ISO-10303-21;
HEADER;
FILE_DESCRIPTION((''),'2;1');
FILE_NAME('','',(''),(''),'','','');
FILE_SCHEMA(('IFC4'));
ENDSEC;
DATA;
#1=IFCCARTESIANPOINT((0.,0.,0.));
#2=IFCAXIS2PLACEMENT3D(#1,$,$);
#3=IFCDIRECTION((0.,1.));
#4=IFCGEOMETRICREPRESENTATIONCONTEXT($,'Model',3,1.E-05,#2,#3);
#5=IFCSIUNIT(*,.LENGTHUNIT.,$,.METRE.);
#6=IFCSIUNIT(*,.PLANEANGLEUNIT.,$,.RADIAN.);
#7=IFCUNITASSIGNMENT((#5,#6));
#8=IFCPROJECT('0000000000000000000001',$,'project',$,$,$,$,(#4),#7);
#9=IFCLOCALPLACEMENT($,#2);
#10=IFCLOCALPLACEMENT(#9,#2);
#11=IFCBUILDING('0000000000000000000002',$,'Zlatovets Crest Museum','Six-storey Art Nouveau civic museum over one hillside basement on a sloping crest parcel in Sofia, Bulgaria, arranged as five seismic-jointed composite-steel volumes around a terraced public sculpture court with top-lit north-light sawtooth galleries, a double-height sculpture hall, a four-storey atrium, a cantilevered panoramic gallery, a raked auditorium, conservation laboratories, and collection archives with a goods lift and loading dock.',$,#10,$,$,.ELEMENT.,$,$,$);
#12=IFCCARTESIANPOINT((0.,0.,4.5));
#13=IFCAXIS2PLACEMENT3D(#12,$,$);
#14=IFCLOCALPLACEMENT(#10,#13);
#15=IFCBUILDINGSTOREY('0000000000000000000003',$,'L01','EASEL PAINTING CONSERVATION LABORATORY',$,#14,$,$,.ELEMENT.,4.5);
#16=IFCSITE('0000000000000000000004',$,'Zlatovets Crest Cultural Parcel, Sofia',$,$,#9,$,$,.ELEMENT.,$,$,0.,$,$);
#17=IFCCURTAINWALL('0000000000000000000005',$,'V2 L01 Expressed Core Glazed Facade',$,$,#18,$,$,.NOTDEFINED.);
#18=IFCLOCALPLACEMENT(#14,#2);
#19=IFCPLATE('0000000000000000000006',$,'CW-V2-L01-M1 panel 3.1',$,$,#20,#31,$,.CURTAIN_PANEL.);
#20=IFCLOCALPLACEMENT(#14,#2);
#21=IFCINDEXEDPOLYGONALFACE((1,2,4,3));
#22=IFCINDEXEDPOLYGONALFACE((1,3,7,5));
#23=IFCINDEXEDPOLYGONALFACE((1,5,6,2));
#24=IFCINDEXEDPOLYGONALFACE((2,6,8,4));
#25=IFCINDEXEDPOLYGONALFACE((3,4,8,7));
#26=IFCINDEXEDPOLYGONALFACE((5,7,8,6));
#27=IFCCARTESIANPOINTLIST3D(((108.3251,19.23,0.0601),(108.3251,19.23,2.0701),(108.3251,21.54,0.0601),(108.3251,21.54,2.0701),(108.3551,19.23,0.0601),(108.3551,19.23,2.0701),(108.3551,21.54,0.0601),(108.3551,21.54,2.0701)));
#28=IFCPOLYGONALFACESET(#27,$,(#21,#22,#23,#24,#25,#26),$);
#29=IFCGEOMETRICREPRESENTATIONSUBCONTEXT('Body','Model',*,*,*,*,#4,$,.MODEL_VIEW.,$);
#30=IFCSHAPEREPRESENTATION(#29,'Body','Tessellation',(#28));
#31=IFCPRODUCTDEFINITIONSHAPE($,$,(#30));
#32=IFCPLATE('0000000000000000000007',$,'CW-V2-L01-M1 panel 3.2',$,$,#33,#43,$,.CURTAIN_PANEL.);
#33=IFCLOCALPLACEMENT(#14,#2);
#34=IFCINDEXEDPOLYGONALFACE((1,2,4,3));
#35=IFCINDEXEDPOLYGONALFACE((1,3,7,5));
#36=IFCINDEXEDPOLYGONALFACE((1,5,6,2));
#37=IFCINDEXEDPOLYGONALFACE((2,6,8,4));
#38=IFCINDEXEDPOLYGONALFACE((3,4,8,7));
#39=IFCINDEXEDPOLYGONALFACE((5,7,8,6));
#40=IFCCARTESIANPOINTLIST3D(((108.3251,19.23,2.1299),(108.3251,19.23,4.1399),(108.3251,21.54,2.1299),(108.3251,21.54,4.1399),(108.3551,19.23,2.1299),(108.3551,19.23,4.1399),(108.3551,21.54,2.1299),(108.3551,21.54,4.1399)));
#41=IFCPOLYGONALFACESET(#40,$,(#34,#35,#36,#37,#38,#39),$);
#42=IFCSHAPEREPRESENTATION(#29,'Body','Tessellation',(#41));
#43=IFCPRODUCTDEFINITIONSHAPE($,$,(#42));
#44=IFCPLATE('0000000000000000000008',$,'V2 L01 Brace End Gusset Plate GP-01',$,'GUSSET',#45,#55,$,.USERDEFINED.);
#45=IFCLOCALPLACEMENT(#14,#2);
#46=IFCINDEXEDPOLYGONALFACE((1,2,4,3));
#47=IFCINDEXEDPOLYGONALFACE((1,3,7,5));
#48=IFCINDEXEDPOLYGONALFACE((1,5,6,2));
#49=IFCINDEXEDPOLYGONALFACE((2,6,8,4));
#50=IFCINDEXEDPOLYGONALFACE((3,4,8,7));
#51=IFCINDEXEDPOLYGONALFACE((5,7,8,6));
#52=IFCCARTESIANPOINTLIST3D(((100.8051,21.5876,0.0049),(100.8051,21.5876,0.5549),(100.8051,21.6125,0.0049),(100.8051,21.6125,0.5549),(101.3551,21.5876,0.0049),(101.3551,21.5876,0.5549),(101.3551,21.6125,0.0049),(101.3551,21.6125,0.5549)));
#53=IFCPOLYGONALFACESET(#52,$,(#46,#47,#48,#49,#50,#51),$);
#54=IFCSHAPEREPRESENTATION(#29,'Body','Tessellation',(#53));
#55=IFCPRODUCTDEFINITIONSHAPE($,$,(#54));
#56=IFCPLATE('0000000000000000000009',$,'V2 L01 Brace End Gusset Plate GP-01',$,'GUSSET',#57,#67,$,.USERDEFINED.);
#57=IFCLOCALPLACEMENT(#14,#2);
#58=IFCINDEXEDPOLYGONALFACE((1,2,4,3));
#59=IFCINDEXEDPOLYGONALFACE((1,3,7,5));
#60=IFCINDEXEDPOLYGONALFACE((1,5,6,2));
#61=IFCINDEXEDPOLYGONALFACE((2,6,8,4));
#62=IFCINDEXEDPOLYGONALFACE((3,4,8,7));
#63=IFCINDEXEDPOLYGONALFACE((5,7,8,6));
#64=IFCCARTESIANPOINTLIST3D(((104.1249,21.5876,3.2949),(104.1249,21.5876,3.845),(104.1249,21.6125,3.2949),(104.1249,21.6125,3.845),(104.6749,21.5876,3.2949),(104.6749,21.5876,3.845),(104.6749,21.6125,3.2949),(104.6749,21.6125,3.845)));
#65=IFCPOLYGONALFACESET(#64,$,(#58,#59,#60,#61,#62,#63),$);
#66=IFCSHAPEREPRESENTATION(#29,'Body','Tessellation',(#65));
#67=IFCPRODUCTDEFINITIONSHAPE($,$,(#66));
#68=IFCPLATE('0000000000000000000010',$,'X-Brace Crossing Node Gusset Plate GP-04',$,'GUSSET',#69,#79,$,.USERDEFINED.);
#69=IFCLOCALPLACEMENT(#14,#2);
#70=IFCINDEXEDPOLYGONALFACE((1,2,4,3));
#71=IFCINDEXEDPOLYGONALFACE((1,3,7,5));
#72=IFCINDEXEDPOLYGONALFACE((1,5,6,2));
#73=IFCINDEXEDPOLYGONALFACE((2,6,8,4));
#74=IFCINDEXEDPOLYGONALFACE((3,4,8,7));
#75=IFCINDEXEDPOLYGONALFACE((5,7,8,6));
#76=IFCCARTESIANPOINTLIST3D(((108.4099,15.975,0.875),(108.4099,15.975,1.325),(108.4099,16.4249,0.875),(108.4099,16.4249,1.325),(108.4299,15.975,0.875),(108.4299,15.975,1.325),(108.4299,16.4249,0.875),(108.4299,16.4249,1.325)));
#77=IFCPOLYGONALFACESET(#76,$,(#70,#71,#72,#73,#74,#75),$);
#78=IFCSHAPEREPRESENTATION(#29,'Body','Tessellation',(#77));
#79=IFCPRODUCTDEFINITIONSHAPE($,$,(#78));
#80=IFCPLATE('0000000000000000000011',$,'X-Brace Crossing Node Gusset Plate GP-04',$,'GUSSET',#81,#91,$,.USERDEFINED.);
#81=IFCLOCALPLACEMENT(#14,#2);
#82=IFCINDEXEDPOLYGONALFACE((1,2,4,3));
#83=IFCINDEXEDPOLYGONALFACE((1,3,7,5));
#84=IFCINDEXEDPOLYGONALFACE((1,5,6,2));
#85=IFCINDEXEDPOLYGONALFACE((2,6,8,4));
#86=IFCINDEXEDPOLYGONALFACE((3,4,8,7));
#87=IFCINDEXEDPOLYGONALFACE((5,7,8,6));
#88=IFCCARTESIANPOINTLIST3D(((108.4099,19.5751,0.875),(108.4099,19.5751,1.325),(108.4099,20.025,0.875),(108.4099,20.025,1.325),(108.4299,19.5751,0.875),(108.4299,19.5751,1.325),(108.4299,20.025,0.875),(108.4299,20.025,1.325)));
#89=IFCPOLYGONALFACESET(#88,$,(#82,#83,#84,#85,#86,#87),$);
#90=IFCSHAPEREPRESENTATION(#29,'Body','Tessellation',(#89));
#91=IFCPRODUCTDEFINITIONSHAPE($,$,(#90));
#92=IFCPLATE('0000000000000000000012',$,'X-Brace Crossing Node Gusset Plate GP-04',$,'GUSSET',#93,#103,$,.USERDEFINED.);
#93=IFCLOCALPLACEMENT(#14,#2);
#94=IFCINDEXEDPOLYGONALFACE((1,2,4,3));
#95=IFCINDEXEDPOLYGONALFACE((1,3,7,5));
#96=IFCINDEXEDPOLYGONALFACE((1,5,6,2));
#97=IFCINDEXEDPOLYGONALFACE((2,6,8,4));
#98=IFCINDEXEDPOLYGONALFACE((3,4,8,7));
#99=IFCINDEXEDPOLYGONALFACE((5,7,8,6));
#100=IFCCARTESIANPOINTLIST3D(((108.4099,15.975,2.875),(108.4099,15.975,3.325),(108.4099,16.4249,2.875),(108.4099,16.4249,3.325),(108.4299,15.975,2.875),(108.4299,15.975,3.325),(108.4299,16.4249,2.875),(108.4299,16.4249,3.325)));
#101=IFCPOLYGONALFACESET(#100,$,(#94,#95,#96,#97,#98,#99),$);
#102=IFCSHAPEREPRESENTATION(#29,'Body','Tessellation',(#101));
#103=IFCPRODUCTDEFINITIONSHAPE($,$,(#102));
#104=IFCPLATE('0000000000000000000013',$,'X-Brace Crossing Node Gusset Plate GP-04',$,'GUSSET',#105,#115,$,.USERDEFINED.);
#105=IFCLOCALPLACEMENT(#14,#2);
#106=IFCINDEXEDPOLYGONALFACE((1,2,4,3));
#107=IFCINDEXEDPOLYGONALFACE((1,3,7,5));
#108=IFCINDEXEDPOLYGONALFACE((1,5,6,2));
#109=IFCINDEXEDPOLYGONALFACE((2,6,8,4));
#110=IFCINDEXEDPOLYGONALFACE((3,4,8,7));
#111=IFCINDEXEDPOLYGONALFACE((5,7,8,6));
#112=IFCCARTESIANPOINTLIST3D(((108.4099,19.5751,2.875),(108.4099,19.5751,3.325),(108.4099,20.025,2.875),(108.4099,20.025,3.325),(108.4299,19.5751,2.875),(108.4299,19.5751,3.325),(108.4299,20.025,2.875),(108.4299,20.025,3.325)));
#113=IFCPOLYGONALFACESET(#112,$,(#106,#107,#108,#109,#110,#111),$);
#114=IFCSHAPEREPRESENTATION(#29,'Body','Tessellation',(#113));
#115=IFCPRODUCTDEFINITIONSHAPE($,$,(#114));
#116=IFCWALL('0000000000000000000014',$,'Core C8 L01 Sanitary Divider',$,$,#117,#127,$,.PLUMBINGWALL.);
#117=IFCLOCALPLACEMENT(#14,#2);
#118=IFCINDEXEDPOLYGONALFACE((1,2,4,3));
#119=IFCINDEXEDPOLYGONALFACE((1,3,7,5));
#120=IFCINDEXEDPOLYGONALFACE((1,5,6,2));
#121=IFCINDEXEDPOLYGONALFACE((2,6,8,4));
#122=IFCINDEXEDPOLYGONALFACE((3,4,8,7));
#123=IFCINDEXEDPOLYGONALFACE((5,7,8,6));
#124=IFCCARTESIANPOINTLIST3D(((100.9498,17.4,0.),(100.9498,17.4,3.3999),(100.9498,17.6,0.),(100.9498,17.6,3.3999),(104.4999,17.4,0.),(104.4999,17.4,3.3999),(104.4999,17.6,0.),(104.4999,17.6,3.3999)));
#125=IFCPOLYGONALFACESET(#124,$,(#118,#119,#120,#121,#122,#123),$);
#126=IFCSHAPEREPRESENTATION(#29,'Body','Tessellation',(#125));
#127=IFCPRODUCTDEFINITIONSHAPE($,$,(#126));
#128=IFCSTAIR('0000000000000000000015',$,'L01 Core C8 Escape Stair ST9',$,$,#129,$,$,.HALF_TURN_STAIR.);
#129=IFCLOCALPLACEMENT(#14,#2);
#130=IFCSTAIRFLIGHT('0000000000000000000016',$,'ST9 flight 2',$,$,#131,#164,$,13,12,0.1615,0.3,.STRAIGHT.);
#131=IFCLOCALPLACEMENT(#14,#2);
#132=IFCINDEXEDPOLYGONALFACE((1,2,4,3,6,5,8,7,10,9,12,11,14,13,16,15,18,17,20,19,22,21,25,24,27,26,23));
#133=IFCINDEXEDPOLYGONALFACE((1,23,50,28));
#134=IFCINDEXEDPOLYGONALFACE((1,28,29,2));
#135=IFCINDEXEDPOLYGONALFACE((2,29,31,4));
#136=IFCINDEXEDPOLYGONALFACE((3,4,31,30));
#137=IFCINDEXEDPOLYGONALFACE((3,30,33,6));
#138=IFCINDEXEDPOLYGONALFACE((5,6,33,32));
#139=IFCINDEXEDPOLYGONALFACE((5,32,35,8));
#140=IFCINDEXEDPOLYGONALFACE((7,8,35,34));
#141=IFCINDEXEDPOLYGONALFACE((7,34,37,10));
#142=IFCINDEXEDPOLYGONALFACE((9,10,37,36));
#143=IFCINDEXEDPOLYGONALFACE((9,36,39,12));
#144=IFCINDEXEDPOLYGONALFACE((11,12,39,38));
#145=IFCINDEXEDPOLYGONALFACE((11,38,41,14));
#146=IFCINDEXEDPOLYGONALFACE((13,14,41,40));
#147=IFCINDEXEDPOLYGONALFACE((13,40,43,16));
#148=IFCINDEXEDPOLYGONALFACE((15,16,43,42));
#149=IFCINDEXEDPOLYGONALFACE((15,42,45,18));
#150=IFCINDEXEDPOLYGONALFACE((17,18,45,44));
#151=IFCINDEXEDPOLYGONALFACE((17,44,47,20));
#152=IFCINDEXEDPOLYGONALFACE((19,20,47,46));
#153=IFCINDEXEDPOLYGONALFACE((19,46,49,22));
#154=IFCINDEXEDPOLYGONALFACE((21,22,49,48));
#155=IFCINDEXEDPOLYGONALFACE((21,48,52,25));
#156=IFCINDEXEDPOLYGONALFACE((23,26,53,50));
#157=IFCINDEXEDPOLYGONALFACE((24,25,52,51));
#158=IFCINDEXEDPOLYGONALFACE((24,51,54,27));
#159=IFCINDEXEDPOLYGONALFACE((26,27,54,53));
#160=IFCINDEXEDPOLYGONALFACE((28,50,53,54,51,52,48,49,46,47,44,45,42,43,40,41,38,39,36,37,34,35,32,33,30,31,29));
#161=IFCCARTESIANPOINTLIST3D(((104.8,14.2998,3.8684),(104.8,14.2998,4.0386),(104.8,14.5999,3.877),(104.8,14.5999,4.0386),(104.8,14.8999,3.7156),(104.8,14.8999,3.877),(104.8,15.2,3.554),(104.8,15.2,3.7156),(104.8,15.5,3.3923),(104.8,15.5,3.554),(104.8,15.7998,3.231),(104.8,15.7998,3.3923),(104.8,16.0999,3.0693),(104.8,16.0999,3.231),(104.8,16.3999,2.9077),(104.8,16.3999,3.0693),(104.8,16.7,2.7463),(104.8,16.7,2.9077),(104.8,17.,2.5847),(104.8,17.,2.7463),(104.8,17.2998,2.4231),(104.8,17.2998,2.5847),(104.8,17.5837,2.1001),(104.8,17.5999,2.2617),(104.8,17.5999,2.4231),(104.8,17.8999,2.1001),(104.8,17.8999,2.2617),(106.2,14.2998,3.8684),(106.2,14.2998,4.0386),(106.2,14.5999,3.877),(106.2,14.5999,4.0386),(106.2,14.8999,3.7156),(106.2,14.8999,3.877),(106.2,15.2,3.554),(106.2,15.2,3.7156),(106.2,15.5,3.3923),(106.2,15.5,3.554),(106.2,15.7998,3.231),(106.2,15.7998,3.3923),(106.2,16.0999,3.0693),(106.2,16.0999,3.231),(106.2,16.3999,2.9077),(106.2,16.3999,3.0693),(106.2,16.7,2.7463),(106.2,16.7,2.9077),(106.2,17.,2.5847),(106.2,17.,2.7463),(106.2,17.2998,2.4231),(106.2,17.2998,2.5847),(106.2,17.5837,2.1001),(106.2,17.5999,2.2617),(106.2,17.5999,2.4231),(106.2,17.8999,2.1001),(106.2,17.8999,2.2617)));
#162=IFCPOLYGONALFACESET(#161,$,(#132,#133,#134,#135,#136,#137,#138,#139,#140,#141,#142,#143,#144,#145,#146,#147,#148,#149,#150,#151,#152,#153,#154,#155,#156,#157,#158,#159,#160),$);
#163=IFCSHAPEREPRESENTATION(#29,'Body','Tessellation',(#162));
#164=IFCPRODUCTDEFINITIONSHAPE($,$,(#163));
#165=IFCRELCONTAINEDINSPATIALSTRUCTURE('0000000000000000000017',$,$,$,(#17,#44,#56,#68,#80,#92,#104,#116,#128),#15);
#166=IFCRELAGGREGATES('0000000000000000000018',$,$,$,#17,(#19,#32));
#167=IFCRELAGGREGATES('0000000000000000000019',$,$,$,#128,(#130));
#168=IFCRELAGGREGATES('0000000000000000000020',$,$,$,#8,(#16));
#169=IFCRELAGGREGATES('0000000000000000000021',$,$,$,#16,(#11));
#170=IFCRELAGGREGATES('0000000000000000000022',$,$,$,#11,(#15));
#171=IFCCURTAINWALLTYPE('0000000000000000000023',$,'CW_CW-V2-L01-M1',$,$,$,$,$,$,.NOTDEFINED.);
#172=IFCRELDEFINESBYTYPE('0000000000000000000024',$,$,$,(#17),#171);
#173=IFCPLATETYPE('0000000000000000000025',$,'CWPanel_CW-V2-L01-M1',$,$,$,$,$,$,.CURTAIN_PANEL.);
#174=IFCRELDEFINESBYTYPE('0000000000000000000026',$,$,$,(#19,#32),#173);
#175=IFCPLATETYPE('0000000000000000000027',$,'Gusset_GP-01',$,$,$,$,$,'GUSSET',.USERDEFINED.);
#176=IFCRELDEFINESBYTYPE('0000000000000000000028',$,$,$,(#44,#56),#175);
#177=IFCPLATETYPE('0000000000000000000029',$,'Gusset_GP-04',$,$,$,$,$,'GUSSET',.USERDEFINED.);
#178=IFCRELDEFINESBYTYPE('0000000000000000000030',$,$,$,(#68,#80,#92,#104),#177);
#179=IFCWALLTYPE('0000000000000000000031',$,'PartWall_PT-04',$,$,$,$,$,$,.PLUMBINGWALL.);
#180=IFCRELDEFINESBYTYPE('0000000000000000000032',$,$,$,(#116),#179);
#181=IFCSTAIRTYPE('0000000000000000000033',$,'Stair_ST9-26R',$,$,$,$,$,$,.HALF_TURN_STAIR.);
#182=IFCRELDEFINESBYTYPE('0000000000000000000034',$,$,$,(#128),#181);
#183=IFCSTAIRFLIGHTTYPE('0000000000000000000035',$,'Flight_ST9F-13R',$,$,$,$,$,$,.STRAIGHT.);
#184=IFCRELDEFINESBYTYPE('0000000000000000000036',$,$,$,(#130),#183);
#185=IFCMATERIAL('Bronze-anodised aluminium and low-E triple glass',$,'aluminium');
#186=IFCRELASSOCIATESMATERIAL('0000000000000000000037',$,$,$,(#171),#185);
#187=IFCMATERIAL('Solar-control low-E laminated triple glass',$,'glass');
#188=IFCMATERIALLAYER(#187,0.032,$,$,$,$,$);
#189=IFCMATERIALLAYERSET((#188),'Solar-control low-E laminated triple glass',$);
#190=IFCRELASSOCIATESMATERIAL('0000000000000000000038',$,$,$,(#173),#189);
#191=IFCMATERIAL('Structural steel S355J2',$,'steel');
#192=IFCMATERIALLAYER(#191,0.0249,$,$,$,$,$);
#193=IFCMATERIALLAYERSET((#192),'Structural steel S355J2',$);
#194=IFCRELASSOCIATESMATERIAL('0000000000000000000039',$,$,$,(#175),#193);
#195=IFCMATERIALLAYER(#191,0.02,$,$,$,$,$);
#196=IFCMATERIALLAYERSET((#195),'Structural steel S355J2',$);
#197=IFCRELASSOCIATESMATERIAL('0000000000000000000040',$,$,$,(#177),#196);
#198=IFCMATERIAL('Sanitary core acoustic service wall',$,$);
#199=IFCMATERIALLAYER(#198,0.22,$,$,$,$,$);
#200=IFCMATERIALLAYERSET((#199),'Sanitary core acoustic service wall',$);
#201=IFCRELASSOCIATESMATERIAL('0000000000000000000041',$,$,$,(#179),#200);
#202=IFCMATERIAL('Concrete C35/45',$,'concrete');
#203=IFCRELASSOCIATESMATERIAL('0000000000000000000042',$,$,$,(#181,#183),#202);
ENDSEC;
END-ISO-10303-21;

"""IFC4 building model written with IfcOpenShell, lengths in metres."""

from ifc_helpers import new_model, si_unit, direction, frame, frame_2d, origin, origin_2d, place, context, subcontext, project, spatial, polyline, rectangle, outline, extrude, material, layer, layer_set, type_object, element, aggregate, save


model = new_model("IFC4")

# Units and contexts
model_context = context("Model", 3, precision=1e-05, world=origin(), true_north=direction((0.0, 1.0)))
body_context = subcontext(model_context, "Body", "Model", "MODEL_VIEW")
ifc_project = project(units=[si_unit("LENGTHUNIT", "METRE"), si_unit("PLANEANGLEUNIT", "RADIAN")], contexts=[model_context])

# Site, building, storey
site_placement = place(None, origin())
site = spatial("IfcSite", under=ifc_project, at=site_placement, Name="Zlatovets Crest Cultural Parcel, Sofia", CompositionType="ELEMENT", RefElevation=0.0)
building_placement = place(site_placement, origin())
building = spatial("IfcBuilding", under=site, at=building_placement, Name="Zlatovets Crest Museum", Description="Six-storey Art Nouveau civic museum over one hillside basement on a sloping crest parcel in Sofia, Bulgaria, arranged as five seismic-jointed composite-steel volumes around a terraced public sculpture court with top-lit north-light sawtooth galleries, a double-height sculpture hall, a four-storey atrium, a cantilevered panoramic gallery, a raked auditorium, conservation laboratories, and collection archives with a goods lift and loading dock.", CompositionType="ELEMENT")
storey_placement = place(building_placement, frame((0.0, 0.0, 4.5)))
storey = spatial("IfcBuildingStorey", under=building, at=storey_placement, Name="L01", Description="EASEL PAINTING CONSERVATION LABORATORY", CompositionType="ELEMENT", Elevation=4.5)

# Shared definitions
ifc_material_1 = material(Name="Structural steel S355J2", Category="steel")

# Curtain wall
ifc_material_2 = material(Name="Bronze-anodised aluminium and low-E triple glass", Category="aluminium")
curtain_wall_type = type_object("IfcCurtainWallType", Name="CW_CW-V2-L01-M1", PredefinedType="NOTDEFINED", material=ifc_material_2)
curtain_wall_placement = place(storey_placement, origin())
curtain_wall = element("IfcCurtainWall", 1, at=curtain_wall_placement, inside=storey, type_object=curtain_wall_type, Name="V2 L01 Expressed Core Glazed Facade", PredefinedType="NOTDEFINED")

# Plates
ifc_material_3 = material(Name="Solar-control low-E laminated triple glass", Category="glass")
ifc_layer_1 = layer(ifc_material_3, 0.032)
ifc_layer_set_1 = layer_set([ifc_layer_1], Name="Solar-control low-E laminated triple glass")
plate_type_1 = type_object("IfcPlateType", Name="CWPanel_CW-V2-L01-M1", PredefinedType="CURTAIN_PANEL", material=ifc_layer_set_1)
plate_1_placement = place(storey_placement, frame((108.3401, 20.385, 0.0601), z_axis=(0.0, 0.0, 1.0), x_axis=(0.0, 1.0, 0.0)))
plate_1 = element("IfcPlate", 2, at=plate_1_placement, type_object=plate_type_1, Name="CW-V2-L01-M1 panel 3.1", PredefinedType="CURTAIN_PANEL", context=body_context, shape_type="SweptSolid", body=[
    extrude(rectangle(XDim=2.3101, YDim=0.03, at=origin_2d()), origin(), (0.0, 0.0, 1.0), 2.01),
])
plate_2_placement = place(storey_placement, frame((108.3401, 20.385, 2.1299), z_axis=(0.0, 0.0, 1.0), x_axis=(0.0, 1.0, 0.0)))
plate_2 = element("IfcPlate", 3, at=plate_2_placement, type_object=plate_type_1, Name="CW-V2-L01-M1 panel 3.2", PredefinedType="CURTAIN_PANEL", context=body_context, shape_type="SweptSolid", body=[
    extrude(rectangle(XDim=2.3101, YDim=0.03, at=origin_2d()), origin(), (0.0, 0.0, 1.0), 2.01),
])
aggregate(curtain_wall, [plate_1, plate_2])

# Plates
ifc_layer_2 = layer(ifc_material_1, 0.0249)
ifc_layer_set_2 = layer_set([ifc_layer_2], Name="Structural steel S355J2")
plate_type_2 = type_object("IfcPlateType", Name="Gusset_GP-01", ElementType="GUSSET", PredefinedType="USERDEFINED", material=ifc_layer_set_2)
for number, where, z_axis, x_axis, name in (
    (4, (101.0801, 21.6001, 0.0049), (0.0, 0.0, 1.0), (1.0, 0.0, 0.0), "V2 L01 Brace End Gusset Plate GP-01"),
    (5, (104.3999, 21.6001, 3.2949), (0.0, 0.0, 1.0), (1.0, 0.0, 0.0), "V2 L01 Brace End Gusset Plate GP-01"),
):
    element("IfcPlate", number, at=place(storey_placement, frame(where, z_axis=z_axis, x_axis=x_axis)), inside=storey, type_object=plate_type_2, Name=name, ObjectType="GUSSET", PredefinedType="USERDEFINED", context=body_context, shape_type="SweptSolid", body=[
        extrude(rectangle(XDim=0.55, YDim=0.0249, at=origin_2d()), origin(), (0.0, 0.0, 1.0), 0.55),
    ])
ifc_layer_3 = layer(ifc_material_1, 0.02)
ifc_layer_set_3 = layer_set([ifc_layer_3], Name="Structural steel S355J2")
plate_type_3 = type_object("IfcPlateType", Name="Gusset_GP-04", ElementType="GUSSET", PredefinedType="USERDEFINED", material=ifc_layer_set_3)
for number, where, z_axis, x_axis, name in (
    (6, (108.4199, 16.2, 0.875), (0.0, 0.0, 1.0), (1.0, 0.0, 0.0), "X-Brace Crossing Node Gusset Plate GP-04"),
    (7, (108.4199, 19.8, 0.875), (0.0, 0.0, 1.0), (1.0, 0.0, 0.0), "X-Brace Crossing Node Gusset Plate GP-04"),
    (8, (108.4199, 16.2, 2.875), (0.0, 0.0, 1.0), (1.0, 0.0, 0.0), "X-Brace Crossing Node Gusset Plate GP-04"),
    (9, (108.4199, 19.8, 2.875), (0.0, 0.0, 1.0), (1.0, 0.0, 0.0), "X-Brace Crossing Node Gusset Plate GP-04"),
):
    element("IfcPlate", number, at=place(storey_placement, frame(where, z_axis=z_axis, x_axis=x_axis)), inside=storey, type_object=plate_type_3, Name=name, ObjectType="GUSSET", PredefinedType="USERDEFINED", context=body_context, shape_type="SweptSolid", body=[
        extrude(rectangle(XDim=0.02, YDim=0.45, at=origin_2d()), origin(), (0.0, 0.0, 1.0), 0.45),
    ])

# Wall
ifc_material_4 = material(Name="Sanitary core acoustic service wall")
ifc_layer_4 = layer(ifc_material_4, 0.22)
ifc_layer_set_4 = layer_set([ifc_layer_4], Name="Sanitary core acoustic service wall")
wall_type = type_object("IfcWallType", Name="PartWall_PT-04", PredefinedType="PLUMBINGWALL", material=ifc_layer_set_4)
wall_placement = place(storey_placement, frame((100.95, 17.5, 0.0), z_axis=(0.0, 0.0, 1.0), x_axis=(1.0, 0.0, 0.0)))
element("IfcWall", 10, at=wall_placement, inside=storey, type_object=wall_type, Name="Core C8 L01 Sanitary Divider", PredefinedType="PLUMBINGWALL", context=body_context, shape_type="SweptSolid", body=[
    extrude(rectangle(XDim=3.55, YDim=0.2, at=frame_2d((1.7749, 0.0))), origin(), (0.0, 0.0, 1.0), 3.3999),
])

# Stair, stair flight
ifc_material_5 = material(Name="Concrete C35/45", Category="concrete")
stair_type = type_object("IfcStairType", Name="Stair_ST9-26R", PredefinedType="HALF_TURN_STAIR", material=ifc_material_5)
stair_placement = place(storey_placement, origin())
stair = element("IfcStair", 11, at=stair_placement, inside=storey, type_object=stair_type, Name="L01 Core C8 Escape Stair ST9", PredefinedType="HALF_TURN_STAIR")
stair_flight_type = type_object("IfcStairFlightType", Name="Flight_ST9F-13R", PredefinedType="STRAIGHT", material=ifc_material_5)
stair_flight_placement = place(storey_placement, frame((105.5, 17.8999, 2.1001), z_axis=(0.0, 0.0, 1.0), x_axis=(0.0, -1.0, 0.0)))
stair_flight = element("IfcStairFlight", 12, at=stair_flight_placement, type_object=stair_flight_type, Name="ST9 flight 2", NumberOfRisers=13, NumberOfTreads=12, PredefinedType="STRAIGHT", RiserHeight=0.1615, TreadLength=0.3, context=body_context, shape_type="SweptSolid", body=[
    extrude(outline(polyline([(0.0, 0.0), (0.0, 0.1616), (0.3, 0.1616), (0.3, 0.323), (0.6001, 0.323), (0.6001, 0.4846), (0.8999, 0.4846), (0.8999, 0.6462), (1.2, 0.6462), (1.2, 0.8076), (1.5, 0.8076), (1.5, 0.9692), (1.8, 0.9692), (1.8, 1.1309), (2.1001, 1.1309), (2.1001, 1.2922), (2.3999, 1.2922), (2.3999, 1.4539), (2.7, 1.4539), (2.7, 1.6155), (3.0, 1.6155), (3.0, 1.7769), (3.3, 1.7769), (3.3, 1.9385), (3.6001, 1.9385), (3.6001, 2.1001), (3.6001, 1.7683), (0.3162, 0.0), (0.0, 0.0)])), frame((0.0, 0.7, 0.0), z_axis=(0.0, -1.0, 0.0), x_axis=(1.0, 0.0, 0.0)), (0.0, 0.0, 1.0), 1.3999),
])
aggregate(stair, [stair_flight])

save(model, "model.ifc")
